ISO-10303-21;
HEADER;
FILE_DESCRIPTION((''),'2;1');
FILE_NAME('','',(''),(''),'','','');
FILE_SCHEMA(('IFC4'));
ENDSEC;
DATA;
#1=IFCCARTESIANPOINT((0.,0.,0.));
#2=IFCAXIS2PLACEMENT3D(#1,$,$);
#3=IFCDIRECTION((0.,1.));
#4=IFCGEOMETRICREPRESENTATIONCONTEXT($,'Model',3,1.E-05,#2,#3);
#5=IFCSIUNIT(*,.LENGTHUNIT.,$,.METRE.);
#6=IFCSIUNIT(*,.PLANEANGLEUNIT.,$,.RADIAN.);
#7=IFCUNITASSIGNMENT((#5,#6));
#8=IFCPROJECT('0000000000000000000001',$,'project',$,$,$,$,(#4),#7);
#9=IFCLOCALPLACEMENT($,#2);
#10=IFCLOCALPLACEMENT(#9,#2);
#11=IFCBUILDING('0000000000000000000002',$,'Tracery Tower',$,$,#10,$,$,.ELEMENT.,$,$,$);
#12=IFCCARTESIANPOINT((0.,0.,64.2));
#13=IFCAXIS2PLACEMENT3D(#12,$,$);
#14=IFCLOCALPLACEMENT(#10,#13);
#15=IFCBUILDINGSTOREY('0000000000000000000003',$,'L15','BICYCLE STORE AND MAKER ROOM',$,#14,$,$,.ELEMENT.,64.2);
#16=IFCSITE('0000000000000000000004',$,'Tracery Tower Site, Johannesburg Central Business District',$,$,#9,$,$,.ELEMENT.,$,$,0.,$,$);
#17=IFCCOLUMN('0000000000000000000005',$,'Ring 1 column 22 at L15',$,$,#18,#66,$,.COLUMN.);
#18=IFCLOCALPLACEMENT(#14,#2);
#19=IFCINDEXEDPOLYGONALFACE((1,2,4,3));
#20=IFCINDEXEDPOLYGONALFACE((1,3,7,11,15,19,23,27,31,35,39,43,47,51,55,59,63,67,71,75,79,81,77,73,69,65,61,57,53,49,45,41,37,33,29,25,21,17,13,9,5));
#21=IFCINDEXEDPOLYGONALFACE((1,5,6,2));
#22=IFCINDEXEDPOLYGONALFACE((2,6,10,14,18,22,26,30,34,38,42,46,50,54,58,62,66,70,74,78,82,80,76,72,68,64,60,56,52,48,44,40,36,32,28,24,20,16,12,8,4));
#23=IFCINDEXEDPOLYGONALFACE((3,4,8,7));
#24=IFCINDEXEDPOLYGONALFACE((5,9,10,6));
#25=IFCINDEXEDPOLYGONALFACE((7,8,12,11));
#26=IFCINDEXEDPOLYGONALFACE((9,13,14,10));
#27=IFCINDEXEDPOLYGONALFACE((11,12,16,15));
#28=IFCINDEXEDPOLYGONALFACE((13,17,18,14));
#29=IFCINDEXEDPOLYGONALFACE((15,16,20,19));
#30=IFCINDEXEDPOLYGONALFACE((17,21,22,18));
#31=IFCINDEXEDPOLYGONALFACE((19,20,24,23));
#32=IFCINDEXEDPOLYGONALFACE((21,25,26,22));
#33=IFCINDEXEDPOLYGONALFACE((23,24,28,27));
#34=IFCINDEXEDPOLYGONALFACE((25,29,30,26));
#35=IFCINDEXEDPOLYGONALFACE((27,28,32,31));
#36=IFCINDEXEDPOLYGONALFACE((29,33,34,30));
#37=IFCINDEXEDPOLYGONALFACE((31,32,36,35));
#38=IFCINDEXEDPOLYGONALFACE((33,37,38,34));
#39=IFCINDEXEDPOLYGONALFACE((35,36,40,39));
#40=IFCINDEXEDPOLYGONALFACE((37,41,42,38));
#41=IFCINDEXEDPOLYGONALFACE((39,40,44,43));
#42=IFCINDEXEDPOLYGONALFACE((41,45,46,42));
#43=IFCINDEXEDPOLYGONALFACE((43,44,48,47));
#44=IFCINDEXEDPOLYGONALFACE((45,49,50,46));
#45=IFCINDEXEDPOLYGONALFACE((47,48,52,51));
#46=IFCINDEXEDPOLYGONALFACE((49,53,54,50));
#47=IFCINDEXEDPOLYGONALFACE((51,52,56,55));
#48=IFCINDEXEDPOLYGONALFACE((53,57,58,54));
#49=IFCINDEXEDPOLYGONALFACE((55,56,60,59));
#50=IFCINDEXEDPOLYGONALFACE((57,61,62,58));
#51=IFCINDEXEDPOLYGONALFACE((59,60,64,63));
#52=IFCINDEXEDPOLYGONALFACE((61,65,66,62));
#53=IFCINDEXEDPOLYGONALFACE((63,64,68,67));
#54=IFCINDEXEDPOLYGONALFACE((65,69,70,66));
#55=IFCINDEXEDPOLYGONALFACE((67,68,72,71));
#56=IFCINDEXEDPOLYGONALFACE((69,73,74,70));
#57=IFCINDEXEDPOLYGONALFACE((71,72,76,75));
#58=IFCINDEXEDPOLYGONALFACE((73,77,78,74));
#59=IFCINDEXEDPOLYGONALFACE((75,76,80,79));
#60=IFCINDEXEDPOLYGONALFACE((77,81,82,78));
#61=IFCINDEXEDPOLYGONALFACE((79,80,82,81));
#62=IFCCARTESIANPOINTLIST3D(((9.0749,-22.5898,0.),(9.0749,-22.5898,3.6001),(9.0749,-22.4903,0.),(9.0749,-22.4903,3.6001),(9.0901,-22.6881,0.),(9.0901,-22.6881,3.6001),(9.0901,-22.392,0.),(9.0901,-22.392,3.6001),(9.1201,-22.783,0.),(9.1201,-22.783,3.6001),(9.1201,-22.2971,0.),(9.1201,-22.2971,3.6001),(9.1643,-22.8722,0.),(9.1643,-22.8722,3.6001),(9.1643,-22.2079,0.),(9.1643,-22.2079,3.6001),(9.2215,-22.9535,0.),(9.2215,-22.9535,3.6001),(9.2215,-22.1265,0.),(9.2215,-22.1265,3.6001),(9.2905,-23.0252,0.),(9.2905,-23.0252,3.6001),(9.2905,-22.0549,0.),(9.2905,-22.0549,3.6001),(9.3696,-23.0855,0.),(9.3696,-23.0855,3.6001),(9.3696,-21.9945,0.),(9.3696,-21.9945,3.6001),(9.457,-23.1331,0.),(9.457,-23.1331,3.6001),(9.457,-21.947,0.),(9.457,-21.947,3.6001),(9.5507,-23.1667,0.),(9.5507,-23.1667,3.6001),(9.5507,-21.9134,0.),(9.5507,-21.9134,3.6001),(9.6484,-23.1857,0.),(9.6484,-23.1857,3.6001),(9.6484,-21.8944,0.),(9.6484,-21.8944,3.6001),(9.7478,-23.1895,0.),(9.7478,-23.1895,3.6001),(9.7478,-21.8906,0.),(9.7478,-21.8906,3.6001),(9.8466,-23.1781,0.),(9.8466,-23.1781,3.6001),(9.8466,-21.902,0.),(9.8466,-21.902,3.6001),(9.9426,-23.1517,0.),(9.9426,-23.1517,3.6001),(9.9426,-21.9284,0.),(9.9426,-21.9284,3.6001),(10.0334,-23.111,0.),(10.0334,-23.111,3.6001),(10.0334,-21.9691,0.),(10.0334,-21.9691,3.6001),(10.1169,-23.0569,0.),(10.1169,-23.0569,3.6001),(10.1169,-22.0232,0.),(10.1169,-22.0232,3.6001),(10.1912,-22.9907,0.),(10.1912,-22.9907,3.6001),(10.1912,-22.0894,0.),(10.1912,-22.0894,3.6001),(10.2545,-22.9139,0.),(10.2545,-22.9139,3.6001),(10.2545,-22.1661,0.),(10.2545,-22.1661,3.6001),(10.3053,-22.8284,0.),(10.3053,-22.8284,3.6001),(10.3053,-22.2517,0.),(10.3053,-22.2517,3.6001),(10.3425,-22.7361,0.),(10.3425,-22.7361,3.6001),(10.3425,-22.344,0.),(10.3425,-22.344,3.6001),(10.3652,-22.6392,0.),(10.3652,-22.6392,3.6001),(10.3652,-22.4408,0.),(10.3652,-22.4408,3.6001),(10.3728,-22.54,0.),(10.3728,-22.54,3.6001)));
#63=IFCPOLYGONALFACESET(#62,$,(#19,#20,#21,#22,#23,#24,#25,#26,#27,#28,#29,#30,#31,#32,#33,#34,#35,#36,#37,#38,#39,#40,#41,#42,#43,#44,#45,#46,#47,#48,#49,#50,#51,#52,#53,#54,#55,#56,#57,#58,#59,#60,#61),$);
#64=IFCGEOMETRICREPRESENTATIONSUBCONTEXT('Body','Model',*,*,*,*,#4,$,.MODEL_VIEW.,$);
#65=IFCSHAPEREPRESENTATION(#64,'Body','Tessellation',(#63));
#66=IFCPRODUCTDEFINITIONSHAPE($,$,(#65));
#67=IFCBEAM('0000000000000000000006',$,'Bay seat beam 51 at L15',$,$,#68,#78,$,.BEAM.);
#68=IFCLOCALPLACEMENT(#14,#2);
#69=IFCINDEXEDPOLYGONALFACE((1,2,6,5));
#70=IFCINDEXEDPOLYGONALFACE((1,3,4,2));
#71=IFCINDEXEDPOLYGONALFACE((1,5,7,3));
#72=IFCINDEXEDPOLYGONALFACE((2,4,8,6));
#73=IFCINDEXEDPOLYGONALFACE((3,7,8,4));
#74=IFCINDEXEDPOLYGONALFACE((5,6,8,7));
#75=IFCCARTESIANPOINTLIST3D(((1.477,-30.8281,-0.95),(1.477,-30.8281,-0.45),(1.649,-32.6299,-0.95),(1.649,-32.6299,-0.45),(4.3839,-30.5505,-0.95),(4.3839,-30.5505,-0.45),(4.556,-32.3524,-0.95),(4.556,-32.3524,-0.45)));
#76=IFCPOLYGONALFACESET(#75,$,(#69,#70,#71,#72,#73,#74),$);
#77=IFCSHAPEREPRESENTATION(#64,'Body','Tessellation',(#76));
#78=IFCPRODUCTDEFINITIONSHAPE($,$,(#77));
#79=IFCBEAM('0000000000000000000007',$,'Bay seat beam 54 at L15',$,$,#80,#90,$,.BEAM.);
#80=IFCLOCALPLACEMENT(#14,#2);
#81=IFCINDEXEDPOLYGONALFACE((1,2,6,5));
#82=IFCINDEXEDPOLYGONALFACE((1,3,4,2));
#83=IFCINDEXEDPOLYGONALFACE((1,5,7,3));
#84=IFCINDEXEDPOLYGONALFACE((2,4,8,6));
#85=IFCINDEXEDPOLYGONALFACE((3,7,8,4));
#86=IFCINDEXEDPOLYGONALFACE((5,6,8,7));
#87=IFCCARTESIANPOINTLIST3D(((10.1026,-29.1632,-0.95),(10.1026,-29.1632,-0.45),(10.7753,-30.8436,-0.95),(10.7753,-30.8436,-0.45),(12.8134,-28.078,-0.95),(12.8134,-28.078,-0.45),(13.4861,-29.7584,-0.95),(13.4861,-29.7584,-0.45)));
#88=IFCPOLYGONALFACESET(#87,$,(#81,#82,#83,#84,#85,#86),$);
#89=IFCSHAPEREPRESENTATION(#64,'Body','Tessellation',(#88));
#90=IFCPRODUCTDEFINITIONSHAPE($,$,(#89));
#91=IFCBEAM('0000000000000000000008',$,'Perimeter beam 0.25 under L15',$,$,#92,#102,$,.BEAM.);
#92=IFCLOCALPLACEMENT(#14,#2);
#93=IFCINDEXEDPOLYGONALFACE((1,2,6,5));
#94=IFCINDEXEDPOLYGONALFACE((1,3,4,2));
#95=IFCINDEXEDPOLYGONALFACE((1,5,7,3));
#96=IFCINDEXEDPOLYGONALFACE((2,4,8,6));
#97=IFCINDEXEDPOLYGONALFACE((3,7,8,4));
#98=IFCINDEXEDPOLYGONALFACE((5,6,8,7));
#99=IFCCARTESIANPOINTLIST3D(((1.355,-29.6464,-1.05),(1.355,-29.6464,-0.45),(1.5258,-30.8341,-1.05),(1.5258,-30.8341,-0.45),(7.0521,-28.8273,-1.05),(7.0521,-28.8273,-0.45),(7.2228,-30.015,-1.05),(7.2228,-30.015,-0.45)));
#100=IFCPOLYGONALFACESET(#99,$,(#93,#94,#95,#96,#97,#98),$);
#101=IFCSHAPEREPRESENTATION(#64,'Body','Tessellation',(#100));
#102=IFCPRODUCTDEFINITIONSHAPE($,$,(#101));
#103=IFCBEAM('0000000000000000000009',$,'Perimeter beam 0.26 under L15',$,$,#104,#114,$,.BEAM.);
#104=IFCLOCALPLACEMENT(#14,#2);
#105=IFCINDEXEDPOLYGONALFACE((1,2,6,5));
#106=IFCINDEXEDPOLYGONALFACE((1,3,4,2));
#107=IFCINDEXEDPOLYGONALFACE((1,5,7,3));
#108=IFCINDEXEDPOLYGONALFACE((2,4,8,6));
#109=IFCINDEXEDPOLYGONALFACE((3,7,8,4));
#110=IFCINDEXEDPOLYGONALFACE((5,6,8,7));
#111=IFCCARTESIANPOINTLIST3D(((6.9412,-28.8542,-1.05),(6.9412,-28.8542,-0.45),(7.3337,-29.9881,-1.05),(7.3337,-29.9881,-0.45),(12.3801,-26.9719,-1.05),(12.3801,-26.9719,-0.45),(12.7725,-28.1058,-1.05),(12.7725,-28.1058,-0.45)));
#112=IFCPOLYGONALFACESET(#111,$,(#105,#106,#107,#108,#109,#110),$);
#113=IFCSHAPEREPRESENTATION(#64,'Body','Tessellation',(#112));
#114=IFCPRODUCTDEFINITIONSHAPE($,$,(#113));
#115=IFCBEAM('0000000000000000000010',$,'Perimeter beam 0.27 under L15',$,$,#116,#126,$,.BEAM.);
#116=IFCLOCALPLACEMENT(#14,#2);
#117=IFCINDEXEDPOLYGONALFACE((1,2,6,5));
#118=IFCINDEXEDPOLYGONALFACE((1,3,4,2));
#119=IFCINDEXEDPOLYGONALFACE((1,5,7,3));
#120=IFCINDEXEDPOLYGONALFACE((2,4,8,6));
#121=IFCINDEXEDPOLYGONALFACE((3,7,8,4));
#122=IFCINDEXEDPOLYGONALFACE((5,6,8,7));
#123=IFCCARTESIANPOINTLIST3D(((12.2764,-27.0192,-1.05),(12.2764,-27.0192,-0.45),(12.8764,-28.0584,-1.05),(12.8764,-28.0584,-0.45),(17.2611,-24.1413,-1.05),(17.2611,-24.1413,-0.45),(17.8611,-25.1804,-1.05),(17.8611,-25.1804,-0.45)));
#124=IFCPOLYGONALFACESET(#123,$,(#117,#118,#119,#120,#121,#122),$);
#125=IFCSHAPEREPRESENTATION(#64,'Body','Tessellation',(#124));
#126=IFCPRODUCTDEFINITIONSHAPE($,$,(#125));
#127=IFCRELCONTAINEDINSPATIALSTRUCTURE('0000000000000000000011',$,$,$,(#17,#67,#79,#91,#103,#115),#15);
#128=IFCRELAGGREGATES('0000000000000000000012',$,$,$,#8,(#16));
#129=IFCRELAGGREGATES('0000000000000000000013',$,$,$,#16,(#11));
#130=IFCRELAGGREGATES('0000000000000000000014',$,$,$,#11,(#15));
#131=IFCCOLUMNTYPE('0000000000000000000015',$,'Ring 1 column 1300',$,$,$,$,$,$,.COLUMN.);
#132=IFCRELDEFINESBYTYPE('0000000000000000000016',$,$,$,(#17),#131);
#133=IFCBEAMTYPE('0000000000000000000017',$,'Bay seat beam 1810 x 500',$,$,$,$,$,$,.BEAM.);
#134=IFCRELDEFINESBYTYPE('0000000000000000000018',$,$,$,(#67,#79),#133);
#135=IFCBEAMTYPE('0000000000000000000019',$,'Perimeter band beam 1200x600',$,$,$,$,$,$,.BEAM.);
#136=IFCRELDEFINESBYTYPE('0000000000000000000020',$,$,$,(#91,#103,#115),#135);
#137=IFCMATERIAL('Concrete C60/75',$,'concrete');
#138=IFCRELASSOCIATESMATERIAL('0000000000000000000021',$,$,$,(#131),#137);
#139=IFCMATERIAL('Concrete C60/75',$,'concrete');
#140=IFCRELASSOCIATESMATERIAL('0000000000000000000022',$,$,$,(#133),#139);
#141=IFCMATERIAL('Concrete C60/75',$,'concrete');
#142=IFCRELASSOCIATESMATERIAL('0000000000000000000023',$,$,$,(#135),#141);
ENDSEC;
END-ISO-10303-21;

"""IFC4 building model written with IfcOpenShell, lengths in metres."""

from ifc_helpers import new_model, si_unit, direction, frame, origin, origin_2d, place, context, subcontext, project, spatial, rectangle, circle, extrude, material, material_profile, profile_set, type_object, element, save


model = new_model("IFC4")

# Units and contexts
model_context = context("Model", 3, precision=1e-05, world=origin(), true_north=direction((0.0, 1.0)))
body_context = subcontext(model_context, "Body", "Model", "MODEL_VIEW")
ifc_project = project(units=[si_unit("LENGTHUNIT", "METRE"), si_unit("PLANEANGLEUNIT", "RADIAN")], contexts=[model_context])

# Site, building, storey
site_placement = place(None, origin())
site = spatial("IfcSite", under=ifc_project, at=site_placement, Name="Tracery Tower Site, Johannesburg Central Business District", CompositionType="ELEMENT", RefElevation=0.0)
building_placement = place(site_placement, origin())
building = spatial("IfcBuilding", under=site, at=building_placement, Name="Tracery Tower", CompositionType="ELEMENT")
storey_placement = place(building_placement, frame((0.0, 0.0, 64.2)))
storey = spatial("IfcBuildingStorey", under=building, at=storey_placement, Name="L15", Description="BICYCLE STORE AND MAKER ROOM", CompositionType="ELEMENT", Elevation=64.2)

# Column
ifc_material_1 = material(Name="Concrete C60/75", Category="concrete")
ifc_material_profile_1 = material_profile(ifc_material_1, circle(Radius=0.6499, at=origin_2d()), Name="RC D1300")
ifc_profile_set_1 = profile_set([ifc_material_profile_1], Name="Concrete C60/75")
column_type_1 = type_object("IfcColumnType", Name="Ring 1 column 1300", PredefinedType="COLUMN", material=ifc_profile_set_1)
for number, where, z_axis, x_axis, name in (
    (1, (9.7229, -22.54, 0.0), (0.0, 0.0, 1.0), (1.0, 0.0, 0.0), "Ring 1 column 22 at L15"),
):
    element("IfcColumn", number, at=place(storey_placement, frame(where, z_axis=z_axis, x_axis=x_axis)), inside=storey, type_object=column_type_1, Name=name, PredefinedType="COLUMN", context=body_context, shape_type="SweptSolid", body=[
        extrude(circle(Radius=0.6499, at=origin_2d()), origin(), (0.0, 0.0, 1.0), 3.6001),
    ])

# Beams
ifc_material_2 = material(Name="Concrete C60/75", Category="concrete")
ifc_material_profile_2 = material_profile(ifc_material_2, rectangle(XDim=1.8101, YDim=0.5, at=origin_2d()), Name="RC 1810x500")
ifc_profile_set_2 = profile_set([ifc_material_profile_2], Name="Concrete C60/75")
beam_type_1 = type_object("IfcBeamType", Name="Bay seat beam 1810 x 500", PredefinedType="BEAM", material=ifc_profile_set_2)
beam_1_placement = place(storey_placement, frame((1.563, -31.729, -0.7), z_axis=(0.995472, 0.095058, 0.0), x_axis=(-0.095058, 0.995472, 0.0)))
element("IfcBeam", 2, at=beam_1_placement, inside=storey, type_object=beam_type_1, Name="Bay seat beam 51 at L15", PredefinedType="BEAM", context=body_context, shape_type="SweptSolid", body=[
    extrude(rectangle(XDim=1.8101, YDim=0.5, at=origin_2d()), origin(), (0.0, 0.0, 1.0), 2.9202),
])
beam_2_placement = place(storey_placement, frame((10.439, -30.0034, -0.7), z_axis=(0.928367, 0.371665, 0.0), x_axis=(-0.371665, 0.928367, 0.0)))
element("IfcBeam", 3, at=beam_2_placement, inside=storey, type_object=beam_type_1, Name="Bay seat beam 54 at L15", PredefinedType="BEAM", context=body_context, shape_type="SweptSolid", body=[
    extrude(rectangle(XDim=1.8101, YDim=0.5, at=origin_2d()), origin(), (0.0, 0.0, 1.0), 2.9199),
])
ifc_material_3 = material(Name="Concrete C60/75", Category="concrete")
ifc_material_profile_3 = material_profile(ifc_material_3, rectangle(XDim=1.2, YDim=0.6001, at=origin_2d()), Name="RC 1200x600")
ifc_profile_set_3 = profile_set([ifc_material_profile_3], Name="Concrete C60/75")
beam_type_2 = type_object("IfcBeamType", Name="Perimeter band beam 1200x600", PredefinedType="BEAM", material=ifc_profile_set_3)
beam_3_placement = place(storey_placement, frame((1.4404, -30.2402, -0.75), z_axis=(0.989822, 0.142312, 0.0), x_axis=(-0.142312, 0.989822, 0.0)))
element("IfcBeam", 4, at=beam_3_placement, inside=storey, type_object=beam_type_2, Name="Perimeter beam 0.25 under L15", PredefinedType="BEAM", context=body_context, shape_type="SweptSolid", body=[
    extrude(rectangle(XDim=1.2, YDim=0.6001, at=origin_2d()), origin(), (0.0, 0.0, 1.0), 5.7556),
])
beam_4_placement = place(storey_placement, frame((7.1375, -29.4211, -0.75), z_axis=(0.945007, 0.327049, 0.0), x_axis=(-0.327049, 0.945007, 0.0)))
element("IfcBeam", 5, at=beam_4_placement, inside=storey, type_object=beam_type_2, Name="Perimeter beam 0.26 under L15", PredefinedType="BEAM", context=body_context, shape_type="SweptSolid", body=[
    extrude(rectangle(XDim=1.2, YDim=0.6001, at=origin_2d()), origin(), (0.0, 0.0, 1.0), 5.7554),
])
beam_5_placement = place(storey_placement, frame((12.5764, -27.5388, -0.75), z_axis=(0.866021, 0.500008, 0.0), x_axis=(-0.500008, 0.866021, 0.0)))
element("IfcBeam", 6, at=beam_5_placement, inside=storey, type_object=beam_type_2, Name="Perimeter beam 0.27 under L15", PredefinedType="BEAM", context=body_context, shape_type="SweptSolid", body=[
    extrude(rectangle(XDim=1.2, YDim=0.6001, at=origin_2d()), origin(), (0.0, 0.0, 1.0), 5.7559),
])

save(model, "model.ifc")
